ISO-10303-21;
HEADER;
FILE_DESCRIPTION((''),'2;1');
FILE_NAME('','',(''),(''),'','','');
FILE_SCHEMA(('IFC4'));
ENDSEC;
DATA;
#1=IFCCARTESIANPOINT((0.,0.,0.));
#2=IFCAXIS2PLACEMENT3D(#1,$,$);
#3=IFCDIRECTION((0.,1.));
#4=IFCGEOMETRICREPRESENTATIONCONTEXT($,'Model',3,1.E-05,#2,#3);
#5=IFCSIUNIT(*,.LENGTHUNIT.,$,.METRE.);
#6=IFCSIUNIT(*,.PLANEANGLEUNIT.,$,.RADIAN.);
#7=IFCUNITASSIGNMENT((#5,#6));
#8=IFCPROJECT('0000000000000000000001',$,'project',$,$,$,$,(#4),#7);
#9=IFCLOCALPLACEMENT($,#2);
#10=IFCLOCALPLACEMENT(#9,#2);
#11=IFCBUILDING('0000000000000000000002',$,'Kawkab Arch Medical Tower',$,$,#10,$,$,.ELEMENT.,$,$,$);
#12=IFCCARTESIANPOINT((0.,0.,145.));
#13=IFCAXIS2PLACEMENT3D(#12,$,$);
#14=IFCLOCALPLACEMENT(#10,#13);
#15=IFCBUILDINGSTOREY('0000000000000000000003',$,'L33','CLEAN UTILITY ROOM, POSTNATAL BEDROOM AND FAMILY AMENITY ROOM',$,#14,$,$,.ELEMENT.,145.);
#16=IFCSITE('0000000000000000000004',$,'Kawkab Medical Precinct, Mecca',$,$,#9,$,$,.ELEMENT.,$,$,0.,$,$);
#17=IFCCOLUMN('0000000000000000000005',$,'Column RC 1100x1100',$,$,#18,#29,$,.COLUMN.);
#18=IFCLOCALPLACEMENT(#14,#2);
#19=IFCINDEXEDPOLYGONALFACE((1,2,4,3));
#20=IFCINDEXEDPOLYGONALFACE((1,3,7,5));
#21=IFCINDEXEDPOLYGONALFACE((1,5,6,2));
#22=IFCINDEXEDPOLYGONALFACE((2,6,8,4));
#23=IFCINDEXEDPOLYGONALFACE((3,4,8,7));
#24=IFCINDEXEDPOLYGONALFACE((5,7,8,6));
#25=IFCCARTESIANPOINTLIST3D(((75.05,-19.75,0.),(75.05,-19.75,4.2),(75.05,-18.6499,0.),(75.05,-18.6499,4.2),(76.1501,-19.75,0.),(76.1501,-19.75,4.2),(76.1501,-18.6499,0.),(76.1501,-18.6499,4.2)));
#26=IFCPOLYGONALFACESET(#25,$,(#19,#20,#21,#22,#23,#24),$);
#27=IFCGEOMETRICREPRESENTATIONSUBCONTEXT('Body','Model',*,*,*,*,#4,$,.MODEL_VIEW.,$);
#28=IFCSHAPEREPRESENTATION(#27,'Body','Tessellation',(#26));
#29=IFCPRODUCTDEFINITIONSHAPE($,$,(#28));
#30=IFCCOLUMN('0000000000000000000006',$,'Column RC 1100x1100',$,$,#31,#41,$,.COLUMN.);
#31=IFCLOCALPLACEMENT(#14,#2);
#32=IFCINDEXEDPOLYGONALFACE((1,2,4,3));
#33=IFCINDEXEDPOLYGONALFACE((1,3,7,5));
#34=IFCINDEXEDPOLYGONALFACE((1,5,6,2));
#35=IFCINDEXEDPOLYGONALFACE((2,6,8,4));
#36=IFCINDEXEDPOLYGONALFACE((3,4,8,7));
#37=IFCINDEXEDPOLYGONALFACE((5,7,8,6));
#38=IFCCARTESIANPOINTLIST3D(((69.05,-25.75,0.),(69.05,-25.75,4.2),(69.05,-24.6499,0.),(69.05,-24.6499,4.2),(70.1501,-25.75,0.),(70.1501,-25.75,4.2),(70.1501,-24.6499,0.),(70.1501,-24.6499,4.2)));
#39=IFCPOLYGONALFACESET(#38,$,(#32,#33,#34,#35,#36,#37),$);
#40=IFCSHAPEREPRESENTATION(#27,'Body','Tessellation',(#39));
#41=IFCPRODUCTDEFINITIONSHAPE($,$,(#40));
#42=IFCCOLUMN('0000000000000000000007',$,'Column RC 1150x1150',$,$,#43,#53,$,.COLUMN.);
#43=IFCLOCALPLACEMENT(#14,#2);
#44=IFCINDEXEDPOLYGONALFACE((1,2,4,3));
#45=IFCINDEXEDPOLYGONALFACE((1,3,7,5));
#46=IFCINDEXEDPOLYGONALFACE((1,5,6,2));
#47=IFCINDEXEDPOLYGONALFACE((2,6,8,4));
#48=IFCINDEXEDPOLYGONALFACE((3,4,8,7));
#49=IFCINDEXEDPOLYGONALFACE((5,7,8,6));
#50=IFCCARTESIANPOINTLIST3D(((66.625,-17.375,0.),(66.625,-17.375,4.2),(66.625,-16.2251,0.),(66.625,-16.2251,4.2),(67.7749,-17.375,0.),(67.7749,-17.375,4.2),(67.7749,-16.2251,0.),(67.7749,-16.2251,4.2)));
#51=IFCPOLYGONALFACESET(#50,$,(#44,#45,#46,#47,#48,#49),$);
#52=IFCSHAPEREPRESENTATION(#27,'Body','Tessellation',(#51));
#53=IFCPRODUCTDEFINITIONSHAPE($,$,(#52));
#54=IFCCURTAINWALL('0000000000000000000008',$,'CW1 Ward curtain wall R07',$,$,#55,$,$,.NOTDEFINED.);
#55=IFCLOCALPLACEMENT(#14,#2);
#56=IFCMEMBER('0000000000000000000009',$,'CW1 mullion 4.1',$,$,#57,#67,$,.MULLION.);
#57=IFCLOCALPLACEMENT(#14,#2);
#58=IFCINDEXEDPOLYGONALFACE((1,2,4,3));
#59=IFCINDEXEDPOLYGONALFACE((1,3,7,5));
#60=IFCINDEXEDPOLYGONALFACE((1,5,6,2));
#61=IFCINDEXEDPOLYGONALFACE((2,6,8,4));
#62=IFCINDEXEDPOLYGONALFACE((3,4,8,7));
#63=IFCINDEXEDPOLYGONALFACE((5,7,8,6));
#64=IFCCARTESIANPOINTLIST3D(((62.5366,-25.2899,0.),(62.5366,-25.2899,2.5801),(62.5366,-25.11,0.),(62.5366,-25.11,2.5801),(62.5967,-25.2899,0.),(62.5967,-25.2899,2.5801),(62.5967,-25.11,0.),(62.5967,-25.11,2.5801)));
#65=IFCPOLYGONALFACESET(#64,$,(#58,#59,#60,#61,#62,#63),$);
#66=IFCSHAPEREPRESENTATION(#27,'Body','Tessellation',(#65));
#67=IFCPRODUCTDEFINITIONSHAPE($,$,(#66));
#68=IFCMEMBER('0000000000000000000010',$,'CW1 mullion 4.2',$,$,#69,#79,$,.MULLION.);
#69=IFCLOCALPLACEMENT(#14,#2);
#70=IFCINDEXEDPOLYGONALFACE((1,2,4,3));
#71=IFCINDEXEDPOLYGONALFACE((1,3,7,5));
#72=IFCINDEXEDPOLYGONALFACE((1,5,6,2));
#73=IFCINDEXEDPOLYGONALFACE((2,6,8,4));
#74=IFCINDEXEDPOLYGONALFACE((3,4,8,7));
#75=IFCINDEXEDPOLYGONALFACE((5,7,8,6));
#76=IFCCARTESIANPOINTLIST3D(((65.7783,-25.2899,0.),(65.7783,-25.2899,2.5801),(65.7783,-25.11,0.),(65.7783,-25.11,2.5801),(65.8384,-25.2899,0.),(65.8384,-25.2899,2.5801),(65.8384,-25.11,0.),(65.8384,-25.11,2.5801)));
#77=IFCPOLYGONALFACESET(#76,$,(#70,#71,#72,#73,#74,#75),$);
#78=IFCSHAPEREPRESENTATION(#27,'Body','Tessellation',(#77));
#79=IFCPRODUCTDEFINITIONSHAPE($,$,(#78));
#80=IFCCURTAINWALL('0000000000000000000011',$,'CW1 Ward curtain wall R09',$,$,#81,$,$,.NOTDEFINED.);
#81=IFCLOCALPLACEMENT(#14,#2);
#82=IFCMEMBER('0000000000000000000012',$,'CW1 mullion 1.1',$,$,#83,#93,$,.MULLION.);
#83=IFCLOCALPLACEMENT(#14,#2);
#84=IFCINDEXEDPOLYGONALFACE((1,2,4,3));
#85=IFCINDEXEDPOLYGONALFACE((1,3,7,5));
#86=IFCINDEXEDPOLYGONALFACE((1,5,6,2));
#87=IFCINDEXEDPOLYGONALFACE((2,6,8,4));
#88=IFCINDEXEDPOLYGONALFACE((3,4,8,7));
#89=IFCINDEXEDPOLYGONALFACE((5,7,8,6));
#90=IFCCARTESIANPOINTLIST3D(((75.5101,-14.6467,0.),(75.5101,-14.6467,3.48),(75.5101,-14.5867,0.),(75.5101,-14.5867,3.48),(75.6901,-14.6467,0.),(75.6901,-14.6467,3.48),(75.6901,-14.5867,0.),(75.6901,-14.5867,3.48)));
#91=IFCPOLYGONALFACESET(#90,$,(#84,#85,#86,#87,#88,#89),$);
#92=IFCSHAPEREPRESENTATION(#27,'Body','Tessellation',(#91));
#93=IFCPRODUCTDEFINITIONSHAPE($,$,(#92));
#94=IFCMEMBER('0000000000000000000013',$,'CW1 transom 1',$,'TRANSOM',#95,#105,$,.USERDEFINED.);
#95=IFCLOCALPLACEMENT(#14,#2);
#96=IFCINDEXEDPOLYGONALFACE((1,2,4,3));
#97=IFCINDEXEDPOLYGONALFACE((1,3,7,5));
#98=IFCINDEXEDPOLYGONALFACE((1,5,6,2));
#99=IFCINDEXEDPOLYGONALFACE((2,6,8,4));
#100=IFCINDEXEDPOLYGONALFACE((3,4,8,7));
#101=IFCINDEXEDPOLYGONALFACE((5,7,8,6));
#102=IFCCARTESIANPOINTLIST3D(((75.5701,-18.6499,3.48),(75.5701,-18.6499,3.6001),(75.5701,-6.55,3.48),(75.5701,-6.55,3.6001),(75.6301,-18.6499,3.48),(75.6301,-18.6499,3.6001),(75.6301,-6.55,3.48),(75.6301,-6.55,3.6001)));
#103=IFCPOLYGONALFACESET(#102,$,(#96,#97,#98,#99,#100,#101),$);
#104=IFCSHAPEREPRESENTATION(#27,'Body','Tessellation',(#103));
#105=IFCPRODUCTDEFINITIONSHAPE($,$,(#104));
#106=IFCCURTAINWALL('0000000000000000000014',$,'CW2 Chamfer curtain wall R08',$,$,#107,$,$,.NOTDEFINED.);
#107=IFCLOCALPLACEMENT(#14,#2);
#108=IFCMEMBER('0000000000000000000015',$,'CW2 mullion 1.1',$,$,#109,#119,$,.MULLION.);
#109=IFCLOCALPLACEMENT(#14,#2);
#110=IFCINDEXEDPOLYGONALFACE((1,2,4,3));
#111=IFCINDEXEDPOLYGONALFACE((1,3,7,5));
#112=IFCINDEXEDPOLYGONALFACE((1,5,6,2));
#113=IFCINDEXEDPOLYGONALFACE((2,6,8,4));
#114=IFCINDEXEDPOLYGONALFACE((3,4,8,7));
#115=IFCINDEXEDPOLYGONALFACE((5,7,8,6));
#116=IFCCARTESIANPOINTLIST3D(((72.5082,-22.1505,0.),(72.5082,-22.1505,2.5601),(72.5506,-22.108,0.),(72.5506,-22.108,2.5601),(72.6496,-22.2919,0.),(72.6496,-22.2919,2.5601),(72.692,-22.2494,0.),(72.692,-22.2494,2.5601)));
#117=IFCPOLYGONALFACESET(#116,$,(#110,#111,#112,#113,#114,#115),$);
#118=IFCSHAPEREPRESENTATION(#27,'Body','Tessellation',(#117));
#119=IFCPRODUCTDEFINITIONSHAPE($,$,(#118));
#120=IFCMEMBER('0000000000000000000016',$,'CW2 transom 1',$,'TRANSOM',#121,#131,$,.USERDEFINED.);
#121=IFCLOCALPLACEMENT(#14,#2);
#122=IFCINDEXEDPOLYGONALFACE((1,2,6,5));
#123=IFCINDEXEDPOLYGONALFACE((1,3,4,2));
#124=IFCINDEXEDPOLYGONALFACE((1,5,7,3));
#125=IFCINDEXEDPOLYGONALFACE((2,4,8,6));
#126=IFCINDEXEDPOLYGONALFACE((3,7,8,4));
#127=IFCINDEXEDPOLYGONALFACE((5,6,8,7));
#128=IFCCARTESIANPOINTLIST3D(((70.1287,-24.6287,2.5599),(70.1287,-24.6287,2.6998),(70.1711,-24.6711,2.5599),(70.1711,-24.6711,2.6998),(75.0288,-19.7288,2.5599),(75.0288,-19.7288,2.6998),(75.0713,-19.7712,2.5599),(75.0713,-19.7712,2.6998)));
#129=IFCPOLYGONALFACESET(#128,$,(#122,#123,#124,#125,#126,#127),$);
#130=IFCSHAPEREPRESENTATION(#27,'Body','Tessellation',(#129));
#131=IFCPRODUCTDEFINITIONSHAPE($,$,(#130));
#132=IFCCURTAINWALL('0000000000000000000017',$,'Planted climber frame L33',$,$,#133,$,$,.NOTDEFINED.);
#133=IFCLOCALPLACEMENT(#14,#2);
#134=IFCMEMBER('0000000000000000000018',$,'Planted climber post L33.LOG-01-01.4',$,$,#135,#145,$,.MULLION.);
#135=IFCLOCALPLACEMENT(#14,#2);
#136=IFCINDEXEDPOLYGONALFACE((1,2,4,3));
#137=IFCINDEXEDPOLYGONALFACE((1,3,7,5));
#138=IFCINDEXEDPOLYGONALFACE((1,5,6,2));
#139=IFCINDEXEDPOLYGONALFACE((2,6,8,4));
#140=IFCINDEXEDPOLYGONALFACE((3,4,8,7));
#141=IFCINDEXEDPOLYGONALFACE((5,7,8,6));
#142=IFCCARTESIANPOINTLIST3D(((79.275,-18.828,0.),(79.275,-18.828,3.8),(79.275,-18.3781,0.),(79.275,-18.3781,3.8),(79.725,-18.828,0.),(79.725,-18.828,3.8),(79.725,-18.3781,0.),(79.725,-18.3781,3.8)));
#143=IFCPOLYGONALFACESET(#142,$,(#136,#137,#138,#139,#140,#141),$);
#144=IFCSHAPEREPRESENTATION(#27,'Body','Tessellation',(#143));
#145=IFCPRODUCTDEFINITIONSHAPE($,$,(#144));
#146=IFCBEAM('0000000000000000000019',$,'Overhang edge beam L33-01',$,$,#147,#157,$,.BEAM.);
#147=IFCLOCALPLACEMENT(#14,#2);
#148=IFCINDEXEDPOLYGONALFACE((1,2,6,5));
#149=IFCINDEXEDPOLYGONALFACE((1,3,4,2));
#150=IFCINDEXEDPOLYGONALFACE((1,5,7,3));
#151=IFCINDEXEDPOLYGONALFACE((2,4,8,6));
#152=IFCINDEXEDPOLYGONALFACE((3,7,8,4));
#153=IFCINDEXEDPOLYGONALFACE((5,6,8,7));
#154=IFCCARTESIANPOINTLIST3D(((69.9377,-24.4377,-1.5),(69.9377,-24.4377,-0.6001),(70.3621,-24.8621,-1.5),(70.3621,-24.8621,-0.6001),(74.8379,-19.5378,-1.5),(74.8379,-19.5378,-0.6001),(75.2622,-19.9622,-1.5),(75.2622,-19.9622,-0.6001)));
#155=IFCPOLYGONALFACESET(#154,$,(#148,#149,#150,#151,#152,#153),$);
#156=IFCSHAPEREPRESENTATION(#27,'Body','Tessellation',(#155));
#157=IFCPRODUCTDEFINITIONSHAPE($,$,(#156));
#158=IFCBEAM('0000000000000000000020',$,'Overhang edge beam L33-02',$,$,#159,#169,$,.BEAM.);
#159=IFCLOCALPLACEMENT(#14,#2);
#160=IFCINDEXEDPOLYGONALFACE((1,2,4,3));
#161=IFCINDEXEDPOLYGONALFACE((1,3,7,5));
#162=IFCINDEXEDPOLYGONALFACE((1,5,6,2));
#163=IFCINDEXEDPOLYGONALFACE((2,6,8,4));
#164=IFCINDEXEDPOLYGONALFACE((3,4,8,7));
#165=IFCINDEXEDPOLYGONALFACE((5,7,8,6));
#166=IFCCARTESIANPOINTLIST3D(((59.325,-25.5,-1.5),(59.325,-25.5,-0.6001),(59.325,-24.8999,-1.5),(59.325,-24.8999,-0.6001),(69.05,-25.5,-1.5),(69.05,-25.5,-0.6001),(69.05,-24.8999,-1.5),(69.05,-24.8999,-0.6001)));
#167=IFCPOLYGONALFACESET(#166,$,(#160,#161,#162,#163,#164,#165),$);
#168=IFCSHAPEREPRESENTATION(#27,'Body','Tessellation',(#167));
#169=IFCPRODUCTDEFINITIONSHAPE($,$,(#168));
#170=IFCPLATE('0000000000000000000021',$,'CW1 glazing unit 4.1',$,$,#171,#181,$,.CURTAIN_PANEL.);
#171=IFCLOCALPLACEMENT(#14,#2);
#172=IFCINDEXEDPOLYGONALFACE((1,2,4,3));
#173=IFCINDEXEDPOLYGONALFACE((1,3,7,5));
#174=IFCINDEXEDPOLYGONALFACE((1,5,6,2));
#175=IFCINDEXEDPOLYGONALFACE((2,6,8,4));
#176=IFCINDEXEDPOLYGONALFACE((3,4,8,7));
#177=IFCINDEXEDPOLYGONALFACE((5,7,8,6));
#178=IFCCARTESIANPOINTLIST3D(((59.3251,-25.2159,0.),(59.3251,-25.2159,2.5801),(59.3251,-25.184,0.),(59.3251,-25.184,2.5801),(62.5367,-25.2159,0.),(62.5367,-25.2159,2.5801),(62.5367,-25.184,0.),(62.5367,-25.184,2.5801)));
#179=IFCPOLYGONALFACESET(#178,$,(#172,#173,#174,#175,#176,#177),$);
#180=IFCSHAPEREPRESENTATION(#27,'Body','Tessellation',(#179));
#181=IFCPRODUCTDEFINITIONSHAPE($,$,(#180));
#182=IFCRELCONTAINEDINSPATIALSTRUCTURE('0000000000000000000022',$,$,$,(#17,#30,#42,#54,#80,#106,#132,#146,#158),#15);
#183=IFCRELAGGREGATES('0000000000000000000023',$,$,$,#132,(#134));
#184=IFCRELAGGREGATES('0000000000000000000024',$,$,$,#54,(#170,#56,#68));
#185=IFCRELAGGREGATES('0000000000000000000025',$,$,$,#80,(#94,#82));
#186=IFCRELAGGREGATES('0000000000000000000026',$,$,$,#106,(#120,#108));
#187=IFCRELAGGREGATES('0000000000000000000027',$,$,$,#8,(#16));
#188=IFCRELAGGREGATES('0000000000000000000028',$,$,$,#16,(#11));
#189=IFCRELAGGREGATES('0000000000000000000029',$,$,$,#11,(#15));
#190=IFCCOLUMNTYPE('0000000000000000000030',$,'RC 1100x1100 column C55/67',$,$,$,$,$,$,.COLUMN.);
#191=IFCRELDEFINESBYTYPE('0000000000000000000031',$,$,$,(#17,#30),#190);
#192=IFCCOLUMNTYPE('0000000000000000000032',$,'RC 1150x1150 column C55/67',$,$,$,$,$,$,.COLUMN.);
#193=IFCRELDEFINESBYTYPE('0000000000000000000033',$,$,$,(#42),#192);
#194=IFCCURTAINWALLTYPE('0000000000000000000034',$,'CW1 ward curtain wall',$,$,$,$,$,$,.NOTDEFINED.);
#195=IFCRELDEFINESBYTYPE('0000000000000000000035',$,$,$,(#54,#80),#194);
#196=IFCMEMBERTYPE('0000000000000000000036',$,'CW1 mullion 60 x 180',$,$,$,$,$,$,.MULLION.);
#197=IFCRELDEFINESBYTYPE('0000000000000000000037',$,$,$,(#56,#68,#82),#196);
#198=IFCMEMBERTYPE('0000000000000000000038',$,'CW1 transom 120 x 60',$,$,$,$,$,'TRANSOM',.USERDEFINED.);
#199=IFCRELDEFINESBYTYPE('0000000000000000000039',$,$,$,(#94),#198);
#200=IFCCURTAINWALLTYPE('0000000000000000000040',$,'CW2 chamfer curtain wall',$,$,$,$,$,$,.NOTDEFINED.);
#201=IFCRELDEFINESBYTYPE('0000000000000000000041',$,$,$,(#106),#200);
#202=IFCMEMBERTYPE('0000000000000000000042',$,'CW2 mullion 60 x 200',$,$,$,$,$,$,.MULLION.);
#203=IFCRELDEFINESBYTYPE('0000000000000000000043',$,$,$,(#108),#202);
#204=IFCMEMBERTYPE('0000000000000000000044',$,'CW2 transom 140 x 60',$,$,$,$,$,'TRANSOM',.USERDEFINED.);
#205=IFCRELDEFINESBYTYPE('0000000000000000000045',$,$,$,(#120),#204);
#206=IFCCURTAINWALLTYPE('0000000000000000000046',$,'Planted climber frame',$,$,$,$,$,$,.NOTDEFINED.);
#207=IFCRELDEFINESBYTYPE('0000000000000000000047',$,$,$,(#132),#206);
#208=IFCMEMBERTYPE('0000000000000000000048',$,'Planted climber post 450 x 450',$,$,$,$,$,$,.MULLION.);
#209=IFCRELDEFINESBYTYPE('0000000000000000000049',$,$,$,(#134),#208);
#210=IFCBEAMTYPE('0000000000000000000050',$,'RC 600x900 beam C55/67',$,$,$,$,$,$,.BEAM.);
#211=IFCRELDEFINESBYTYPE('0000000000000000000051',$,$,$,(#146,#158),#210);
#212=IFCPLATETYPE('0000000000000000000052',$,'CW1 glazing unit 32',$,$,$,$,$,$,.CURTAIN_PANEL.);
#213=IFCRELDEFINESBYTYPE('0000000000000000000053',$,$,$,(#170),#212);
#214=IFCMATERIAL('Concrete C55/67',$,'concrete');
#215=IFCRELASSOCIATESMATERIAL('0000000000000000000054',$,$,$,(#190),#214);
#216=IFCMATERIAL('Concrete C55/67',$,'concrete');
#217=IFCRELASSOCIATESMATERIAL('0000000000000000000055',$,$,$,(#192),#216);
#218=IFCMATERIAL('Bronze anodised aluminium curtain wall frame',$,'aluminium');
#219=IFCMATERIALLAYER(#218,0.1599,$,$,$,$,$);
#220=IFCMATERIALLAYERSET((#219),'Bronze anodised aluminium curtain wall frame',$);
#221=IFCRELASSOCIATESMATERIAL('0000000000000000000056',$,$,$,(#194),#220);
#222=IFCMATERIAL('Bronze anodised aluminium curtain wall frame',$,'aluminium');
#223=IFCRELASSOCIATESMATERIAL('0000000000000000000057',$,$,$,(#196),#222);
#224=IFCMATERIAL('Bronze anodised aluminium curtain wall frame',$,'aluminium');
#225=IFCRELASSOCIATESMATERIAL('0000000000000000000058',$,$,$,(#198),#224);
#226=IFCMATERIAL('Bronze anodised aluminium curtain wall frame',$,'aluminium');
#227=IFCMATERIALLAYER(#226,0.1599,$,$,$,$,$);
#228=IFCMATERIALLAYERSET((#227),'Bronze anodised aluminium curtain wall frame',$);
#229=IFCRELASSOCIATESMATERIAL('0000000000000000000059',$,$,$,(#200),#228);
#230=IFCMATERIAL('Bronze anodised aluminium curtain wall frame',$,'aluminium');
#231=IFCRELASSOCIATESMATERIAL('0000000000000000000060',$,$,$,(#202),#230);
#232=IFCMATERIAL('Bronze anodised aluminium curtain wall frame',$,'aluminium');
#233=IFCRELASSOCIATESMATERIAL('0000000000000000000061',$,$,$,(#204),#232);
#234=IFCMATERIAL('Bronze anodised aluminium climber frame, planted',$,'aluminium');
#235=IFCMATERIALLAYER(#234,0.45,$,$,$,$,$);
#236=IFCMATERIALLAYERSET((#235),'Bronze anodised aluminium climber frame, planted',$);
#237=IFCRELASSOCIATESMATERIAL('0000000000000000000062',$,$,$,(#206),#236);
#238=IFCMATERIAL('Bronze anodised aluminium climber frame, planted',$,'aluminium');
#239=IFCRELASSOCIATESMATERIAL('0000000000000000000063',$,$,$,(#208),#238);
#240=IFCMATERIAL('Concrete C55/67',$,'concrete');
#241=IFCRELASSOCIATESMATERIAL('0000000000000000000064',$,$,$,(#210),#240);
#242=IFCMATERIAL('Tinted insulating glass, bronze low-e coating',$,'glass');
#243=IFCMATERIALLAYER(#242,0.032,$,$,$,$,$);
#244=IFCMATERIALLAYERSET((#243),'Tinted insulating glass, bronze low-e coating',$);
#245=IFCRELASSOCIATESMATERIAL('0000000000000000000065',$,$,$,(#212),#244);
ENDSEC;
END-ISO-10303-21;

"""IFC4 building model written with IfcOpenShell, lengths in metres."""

from ifc_helpers import new_model, si_unit, direction, frame, origin, origin_2d, place, context, subcontext, project, spatial, rectangle, extrude, material, layer, layer_set, material_profile, profile_set, type_object, element, aggregate, save


model = new_model("IFC4")

# Units and contexts
model_context = context("Model", 3, precision=1e-05, world=origin(), true_north=direction((0.0, 1.0)))
body_context = subcontext(model_context, "Body", "Model", "MODEL_VIEW")
ifc_project = project(units=[si_unit("LENGTHUNIT", "METRE"), si_unit("PLANEANGLEUNIT", "RADIAN")], contexts=[model_context])

# Site, building, storey
site_placement = place(None, origin())
site = spatial("IfcSite", under=ifc_project, at=site_placement, Name="Kawkab Medical Precinct, Mecca", CompositionType="ELEMENT", RefElevation=0.0)
building_placement = place(site_placement, origin())
building = spatial("IfcBuilding", under=site, at=building_placement, Name="Kawkab Arch Medical Tower", CompositionType="ELEMENT")
storey_placement = place(building_placement, frame((0.0, 0.0, 145.0)))
storey = spatial("IfcBuildingStorey", under=building, at=storey_placement, Name="L33", Description="CLEAN UTILITY ROOM, POSTNATAL BEDROOM AND FAMILY AMENITY ROOM", CompositionType="ELEMENT", Elevation=145.0)

# Columns
ifc_material_1 = material(Name="Concrete C55/67", Category="concrete")
ifc_material_profile_1 = material_profile(ifc_material_1, rectangle(XDim=1.1001, YDim=1.1001, at=origin_2d()), Name="RC 1100x1100")
ifc_profile_set_1 = profile_set([ifc_material_profile_1], Name="Concrete C55/67")
column_type_1 = type_object("IfcColumnType", Name="RC 1100x1100 column C55/67", PredefinedType="COLUMN", material=ifc_profile_set_1)
for number, where, z_axis, x_axis, name in (
    (1, (75.6001, -19.2, 0.0), (0.0, 0.0, 1.0), (1.0, 0.0, 0.0), "Column RC 1100x1100"),
    (2, (69.6001, -25.2, 0.0), (0.0, 0.0, 1.0), (1.0, 0.0, 0.0), "Column RC 1100x1100"),
):
    element("IfcColumn", number, at=place(storey_placement, frame(where, z_axis=z_axis, x_axis=x_axis)), inside=storey, type_object=column_type_1, Name=name, PredefinedType="COLUMN", context=body_context, shape_type="SweptSolid", body=[
        extrude(rectangle(XDim=1.1001, YDim=1.1001, at=origin_2d()), origin(), (0.0, 0.0, 1.0), 4.2),
    ])
ifc_material_2 = material(Name="Concrete C55/67", Category="concrete")
ifc_material_profile_2 = material_profile(ifc_material_2, rectangle(XDim=1.1499, YDim=1.1499, at=origin_2d()), Name="RC 1150x1150")
ifc_profile_set_2 = profile_set([ifc_material_profile_2], Name="Concrete C55/67")
column_type_2 = type_object("IfcColumnType", Name="RC 1150x1150 column C55/67", PredefinedType="COLUMN", material=ifc_profile_set_2)
column_placement = place(storey_placement, frame((67.2, -16.8, 0.0), z_axis=(0.0, 0.0, 1.0), x_axis=(1.0, 0.0, 0.0)))
element("IfcColumn", 3, at=column_placement, inside=storey, type_object=column_type_2, Name="Column RC 1150x1150", PredefinedType="COLUMN", context=body_context, shape_type="SweptSolid", body=[
    extrude(rectangle(XDim=1.1499, YDim=1.1499, at=origin_2d()), origin(), (0.0, 0.0, 1.0), 4.2),
])

# Curtain walls, members
ifc_material_3 = material(Name="Bronze anodised aluminium curtain wall frame", Category="aluminium")
ifc_layer_1 = layer(ifc_material_3, 0.1599)
ifc_layer_set_1 = layer_set([ifc_layer_1], Name="Bronze anodised aluminium curtain wall frame")
curtain_wall_type_1 = type_object("IfcCurtainWallType", Name="CW1 ward curtain wall", PredefinedType="NOTDEFINED", material=ifc_layer_set_1)
placement = place(storey_placement, origin())
curtain_wall_1 = element("IfcCurtainWall", 4, at=placement, inside=storey, type_object=curtain_wall_type_1, Name="CW1 Ward curtain wall R07", PredefinedType="NOTDEFINED")
ifc_material_4 = material(Name="Bronze anodised aluminium curtain wall frame", Category="aluminium")
ifc_material_profile_3 = material_profile(ifc_material_4, rectangle(XDim=0.1799, YDim=0.0601, at=origin_2d()), Name="AL 60x180")
ifc_profile_set_3 = profile_set([ifc_material_profile_3], Name="Bronze anodised aluminium curtain wall frame")
member_type_1 = type_object("IfcMemberType", Name="CW1 mullion 60 x 180", PredefinedType="MULLION", material=ifc_profile_set_3)
member_1_placement = place(storey_placement, frame((62.5667, -25.2, 0.0), z_axis=(0.0, 0.0, 1.0), x_axis=(0.0, 1.0, 0.0)))
member_1 = element("IfcMember", 5, at=member_1_placement, type_object=member_type_1, Name="CW1 mullion 4.1", PredefinedType="MULLION", context=body_context, shape_type="SweptSolid", body=[
    extrude(rectangle(XDim=0.1799, YDim=0.0601, at=origin_2d()), origin(), (0.0, 0.0, 1.0), 2.5801),
])
member_2_placement = place(storey_placement, frame((65.8083, -25.2, 0.0), z_axis=(0.0, 0.0, 1.0), x_axis=(0.0, 1.0, 0.0)))
member_2 = element("IfcMember", 6, at=member_2_placement, type_object=member_type_1, Name="CW1 mullion 4.2", PredefinedType="MULLION", context=body_context, shape_type="SweptSolid", body=[
    extrude(rectangle(XDim=0.1799, YDim=0.0601, at=origin_2d()), origin(), (0.0, 0.0, 1.0), 2.5801),
])
curtain_wall_2 = element("IfcCurtainWall", 7, at=placement, inside=storey, type_object=curtain_wall_type_1, Name="CW1 Ward curtain wall R09", PredefinedType="NOTDEFINED")
member_3_placement = place(storey_placement, frame((75.6001, -14.6167, 0.0), z_axis=(0.0, 0.0, 1.0), x_axis=(-1.0, 0.0, 0.0)))
member_3 = element("IfcMember", 8, at=member_3_placement, type_object=member_type_1, Name="CW1 mullion 1.1", PredefinedType="MULLION", context=body_context, shape_type="SweptSolid", body=[
    extrude(rectangle(XDim=0.1799, YDim=0.0601, at=origin_2d()), origin(), (0.0, 0.0, 1.0), 3.48),
])
ifc_material_5 = material(Name="Bronze anodised aluminium curtain wall frame", Category="aluminium")
ifc_material_profile_4 = material_profile(ifc_material_5, rectangle(XDim=0.0601, YDim=0.1201, at=origin_2d()), Name="AL 60x120")
ifc_profile_set_4 = profile_set([ifc_material_profile_4], Name="Bronze anodised aluminium curtain wall frame")
member_type_2 = type_object("IfcMemberType", Name="CW1 transom 120 x 60", ElementType="TRANSOM", PredefinedType="USERDEFINED", material=ifc_profile_set_4)
member_4_placement = place(storey_placement, frame((75.6001, -18.6499, 3.54), z_axis=(0.0, 1.0, 0.0), x_axis=(-1.0, 0.0, 0.0)))
member_4 = element("IfcMember", 9, at=member_4_placement, type_object=member_type_2, Name="CW1 transom 1", ObjectType="TRANSOM", PredefinedType="USERDEFINED", context=body_context, shape_type="SweptSolid", body=[
    extrude(rectangle(XDim=0.0601, YDim=0.1201, at=origin_2d()), origin(), (0.0, 0.0, 1.0), 12.0999),
])
ifc_material_6 = material(Name="Bronze anodised aluminium curtain wall frame", Category="aluminium")
ifc_layer_2 = layer(ifc_material_6, 0.1599)
ifc_layer_set_2 = layer_set([ifc_layer_2], Name="Bronze anodised aluminium curtain wall frame")
curtain_wall_type_2 = type_object("IfcCurtainWallType", Name="CW2 chamfer curtain wall", PredefinedType="NOTDEFINED", material=ifc_layer_set_2)
curtain_wall_3 = element("IfcCurtainWall", 10, at=placement, inside=storey, type_object=curtain_wall_type_2, Name="CW2 Chamfer curtain wall R08", PredefinedType="NOTDEFINED")
ifc_material_7 = material(Name="Bronze anodised aluminium curtain wall frame", Category="aluminium")
ifc_material_profile_5 = material_profile(ifc_material_7, rectangle(XDim=0.2, YDim=0.0601, at=origin_2d()), Name="AL 60x200")
ifc_profile_set_5 = profile_set([ifc_material_profile_5], Name="Bronze anodised aluminium curtain wall frame")
member_type_3 = type_object("IfcMemberType", Name="CW2 mullion 60 x 200", PredefinedType="MULLION", material=ifc_profile_set_5)
member_5_placement = place(storey_placement, frame((72.6001, -22.2, 0.0), z_axis=(0.0, 0.0, 1.0), x_axis=(-0.707107, 0.707107, 0.0)))
member_5 = element("IfcMember", 11, at=member_5_placement, type_object=member_type_3, Name="CW2 mullion 1.1", PredefinedType="MULLION", context=body_context, shape_type="SweptSolid", body=[
    extrude(rectangle(XDim=0.2, YDim=0.0601, at=origin_2d()), origin(), (0.0, 0.0, 1.0), 2.5601),
])
ifc_material_8 = material(Name="Bronze anodised aluminium curtain wall frame", Category="aluminium")
ifc_material_profile_6 = material_profile(ifc_material_8, rectangle(XDim=0.0601, YDim=0.1399, at=origin_2d()), Name="AL 60x140")
ifc_profile_set_6 = profile_set([ifc_material_profile_6], Name="Bronze anodised aluminium curtain wall frame")
member_type_4 = type_object("IfcMemberType", Name="CW2 transom 140 x 60", ElementType="TRANSOM", PredefinedType="USERDEFINED", material=ifc_profile_set_6)
member_6_placement = place(storey_placement, frame((70.1499, -24.6499, 2.6299), z_axis=(0.707124, 0.707089, 0.0), x_axis=(-0.707089, 0.707124, 0.0)))
member_6 = element("IfcMember", 12, at=member_6_placement, type_object=member_type_4, Name="CW2 transom 1", ObjectType="TRANSOM", PredefinedType="USERDEFINED", context=body_context, shape_type="SweptSolid", body=[
    extrude(rectangle(XDim=0.0601, YDim=0.1399, at=origin_2d()), origin(), (0.0, 0.0, 1.0), 6.9297),
])

# Curtain wall, member
ifc_material_9 = material(Name="Bronze anodised aluminium climber frame, planted", Category="aluminium")
ifc_layer_3 = layer(ifc_material_9, 0.45)
ifc_layer_set_3 = layer_set([ifc_layer_3], Name="Bronze anodised aluminium climber frame, planted")
curtain_wall_type_3 = type_object("IfcCurtainWallType", Name="Planted climber frame", PredefinedType="NOTDEFINED", material=ifc_layer_set_3)
curtain_wall_4 = element("IfcCurtainWall", 13, at=placement, inside=storey, type_object=curtain_wall_type_3, Name="Planted climber frame L33", PredefinedType="NOTDEFINED")
ifc_material_10 = material(Name="Bronze anodised aluminium climber frame, planted", Category="aluminium")
ifc_material_profile_7 = material_profile(ifc_material_10, rectangle(XDim=0.45, YDim=0.45, at=origin_2d()), Name="Post 450x450")
ifc_profile_set_7 = profile_set([ifc_material_profile_7], Name="Bronze anodised aluminium climber frame, planted")
member_type_5 = type_object("IfcMemberType", Name="Planted climber post 450 x 450", PredefinedType="MULLION", material=ifc_profile_set_7)
member_7_placement = place(storey_placement, frame((79.5, -18.603, 0.0), z_axis=(0.0, 0.0, 1.0), x_axis=(1.0, 0.0, 0.0)))
member_7 = element("IfcMember", 14, at=member_7_placement, type_object=member_type_5, Name="Planted climber post L33.LOG-01-01.4", PredefinedType="MULLION", context=body_context, shape_type="SweptSolid", body=[
    extrude(rectangle(XDim=0.45, YDim=0.45, at=origin_2d()), origin(), (0.0, 0.0, 1.0), 3.8),
])
aggregate(curtain_wall_4, [member_7])

# Beams
ifc_material_11 = material(Name="Concrete C55/67", Category="concrete")
ifc_material_profile_8 = material_profile(ifc_material_11, rectangle(XDim=0.6001, YDim=0.8999, at=origin_2d()), Name="RC 600x900")
ifc_profile_set_8 = profile_set([ifc_material_profile_8], Name="Concrete C55/67")
beam_type = type_object("IfcBeamType", Name="RC 600x900 beam C55/67", PredefinedType="BEAM", material=ifc_profile_set_8)
beam_1_placement = place(storey_placement, frame((75.05, -19.75, -1.05), z_axis=(-0.707124, -0.707089, 0.0), x_axis=(0.707089, -0.707124, 0.0)))
element("IfcBeam", 15, at=beam_1_placement, inside=storey, type_object=beam_type, Name="Overhang edge beam L33-01", PredefinedType="BEAM", context=body_context, shape_type="SweptSolid", body=[
    extrude(rectangle(XDim=0.6001, YDim=0.8999, at=origin_2d()), origin(), (0.0, 0.0, 1.0), 6.9297),
])
beam_2_placement = place(storey_placement, frame((69.05, -25.2, -1.05), z_axis=(-1.0, 0.0, 0.0), x_axis=(0.0, -1.0, 0.0)))
element("IfcBeam", 16, at=beam_2_placement, inside=storey, type_object=beam_type, Name="Overhang edge beam L33-02", PredefinedType="BEAM", context=body_context, shape_type="SweptSolid", body=[
    extrude(rectangle(XDim=0.6001, YDim=0.8999, at=origin_2d()), origin(), (0.0, 0.0, 1.0), 9.7251),
])

# Plate
ifc_material_12 = material(Name="Tinted insulating glass, bronze low-e coating", Category="glass")
ifc_layer_4 = layer(ifc_material_12, 0.032)
ifc_layer_set_4 = layer_set([ifc_layer_4], Name="Tinted insulating glass, bronze low-e coating")
plate_type_1 = type_object("IfcPlateType", Name="CW1 glazing unit 32", PredefinedType="CURTAIN_PANEL", material=ifc_layer_set_4)
plate_1_placement = place(storey_placement, frame((60.9309, -25.2, 0.0), z_axis=(0.0, 0.0, 1.0), x_axis=(1.0, 0.0, 0.0)))
plate_1 = element("IfcPlate", 17, at=plate_1_placement, type_object=plate_type_1, Name="CW1 glazing unit 4.1", PredefinedType="CURTAIN_PANEL", context=body_context, shape_type="SweptSolid", body=[
    extrude(rectangle(XDim=3.2117, YDim=0.032, at=origin_2d()), origin(), (0.0, 0.0, 1.0), 2.5801),
])
aggregate(curtain_wall_1, [plate_1, member_1, member_2])
aggregate(curtain_wall_2, [member_4, member_3])
aggregate(curtain_wall_3, [member_6, member_5])

save(model, "model.ifc")
